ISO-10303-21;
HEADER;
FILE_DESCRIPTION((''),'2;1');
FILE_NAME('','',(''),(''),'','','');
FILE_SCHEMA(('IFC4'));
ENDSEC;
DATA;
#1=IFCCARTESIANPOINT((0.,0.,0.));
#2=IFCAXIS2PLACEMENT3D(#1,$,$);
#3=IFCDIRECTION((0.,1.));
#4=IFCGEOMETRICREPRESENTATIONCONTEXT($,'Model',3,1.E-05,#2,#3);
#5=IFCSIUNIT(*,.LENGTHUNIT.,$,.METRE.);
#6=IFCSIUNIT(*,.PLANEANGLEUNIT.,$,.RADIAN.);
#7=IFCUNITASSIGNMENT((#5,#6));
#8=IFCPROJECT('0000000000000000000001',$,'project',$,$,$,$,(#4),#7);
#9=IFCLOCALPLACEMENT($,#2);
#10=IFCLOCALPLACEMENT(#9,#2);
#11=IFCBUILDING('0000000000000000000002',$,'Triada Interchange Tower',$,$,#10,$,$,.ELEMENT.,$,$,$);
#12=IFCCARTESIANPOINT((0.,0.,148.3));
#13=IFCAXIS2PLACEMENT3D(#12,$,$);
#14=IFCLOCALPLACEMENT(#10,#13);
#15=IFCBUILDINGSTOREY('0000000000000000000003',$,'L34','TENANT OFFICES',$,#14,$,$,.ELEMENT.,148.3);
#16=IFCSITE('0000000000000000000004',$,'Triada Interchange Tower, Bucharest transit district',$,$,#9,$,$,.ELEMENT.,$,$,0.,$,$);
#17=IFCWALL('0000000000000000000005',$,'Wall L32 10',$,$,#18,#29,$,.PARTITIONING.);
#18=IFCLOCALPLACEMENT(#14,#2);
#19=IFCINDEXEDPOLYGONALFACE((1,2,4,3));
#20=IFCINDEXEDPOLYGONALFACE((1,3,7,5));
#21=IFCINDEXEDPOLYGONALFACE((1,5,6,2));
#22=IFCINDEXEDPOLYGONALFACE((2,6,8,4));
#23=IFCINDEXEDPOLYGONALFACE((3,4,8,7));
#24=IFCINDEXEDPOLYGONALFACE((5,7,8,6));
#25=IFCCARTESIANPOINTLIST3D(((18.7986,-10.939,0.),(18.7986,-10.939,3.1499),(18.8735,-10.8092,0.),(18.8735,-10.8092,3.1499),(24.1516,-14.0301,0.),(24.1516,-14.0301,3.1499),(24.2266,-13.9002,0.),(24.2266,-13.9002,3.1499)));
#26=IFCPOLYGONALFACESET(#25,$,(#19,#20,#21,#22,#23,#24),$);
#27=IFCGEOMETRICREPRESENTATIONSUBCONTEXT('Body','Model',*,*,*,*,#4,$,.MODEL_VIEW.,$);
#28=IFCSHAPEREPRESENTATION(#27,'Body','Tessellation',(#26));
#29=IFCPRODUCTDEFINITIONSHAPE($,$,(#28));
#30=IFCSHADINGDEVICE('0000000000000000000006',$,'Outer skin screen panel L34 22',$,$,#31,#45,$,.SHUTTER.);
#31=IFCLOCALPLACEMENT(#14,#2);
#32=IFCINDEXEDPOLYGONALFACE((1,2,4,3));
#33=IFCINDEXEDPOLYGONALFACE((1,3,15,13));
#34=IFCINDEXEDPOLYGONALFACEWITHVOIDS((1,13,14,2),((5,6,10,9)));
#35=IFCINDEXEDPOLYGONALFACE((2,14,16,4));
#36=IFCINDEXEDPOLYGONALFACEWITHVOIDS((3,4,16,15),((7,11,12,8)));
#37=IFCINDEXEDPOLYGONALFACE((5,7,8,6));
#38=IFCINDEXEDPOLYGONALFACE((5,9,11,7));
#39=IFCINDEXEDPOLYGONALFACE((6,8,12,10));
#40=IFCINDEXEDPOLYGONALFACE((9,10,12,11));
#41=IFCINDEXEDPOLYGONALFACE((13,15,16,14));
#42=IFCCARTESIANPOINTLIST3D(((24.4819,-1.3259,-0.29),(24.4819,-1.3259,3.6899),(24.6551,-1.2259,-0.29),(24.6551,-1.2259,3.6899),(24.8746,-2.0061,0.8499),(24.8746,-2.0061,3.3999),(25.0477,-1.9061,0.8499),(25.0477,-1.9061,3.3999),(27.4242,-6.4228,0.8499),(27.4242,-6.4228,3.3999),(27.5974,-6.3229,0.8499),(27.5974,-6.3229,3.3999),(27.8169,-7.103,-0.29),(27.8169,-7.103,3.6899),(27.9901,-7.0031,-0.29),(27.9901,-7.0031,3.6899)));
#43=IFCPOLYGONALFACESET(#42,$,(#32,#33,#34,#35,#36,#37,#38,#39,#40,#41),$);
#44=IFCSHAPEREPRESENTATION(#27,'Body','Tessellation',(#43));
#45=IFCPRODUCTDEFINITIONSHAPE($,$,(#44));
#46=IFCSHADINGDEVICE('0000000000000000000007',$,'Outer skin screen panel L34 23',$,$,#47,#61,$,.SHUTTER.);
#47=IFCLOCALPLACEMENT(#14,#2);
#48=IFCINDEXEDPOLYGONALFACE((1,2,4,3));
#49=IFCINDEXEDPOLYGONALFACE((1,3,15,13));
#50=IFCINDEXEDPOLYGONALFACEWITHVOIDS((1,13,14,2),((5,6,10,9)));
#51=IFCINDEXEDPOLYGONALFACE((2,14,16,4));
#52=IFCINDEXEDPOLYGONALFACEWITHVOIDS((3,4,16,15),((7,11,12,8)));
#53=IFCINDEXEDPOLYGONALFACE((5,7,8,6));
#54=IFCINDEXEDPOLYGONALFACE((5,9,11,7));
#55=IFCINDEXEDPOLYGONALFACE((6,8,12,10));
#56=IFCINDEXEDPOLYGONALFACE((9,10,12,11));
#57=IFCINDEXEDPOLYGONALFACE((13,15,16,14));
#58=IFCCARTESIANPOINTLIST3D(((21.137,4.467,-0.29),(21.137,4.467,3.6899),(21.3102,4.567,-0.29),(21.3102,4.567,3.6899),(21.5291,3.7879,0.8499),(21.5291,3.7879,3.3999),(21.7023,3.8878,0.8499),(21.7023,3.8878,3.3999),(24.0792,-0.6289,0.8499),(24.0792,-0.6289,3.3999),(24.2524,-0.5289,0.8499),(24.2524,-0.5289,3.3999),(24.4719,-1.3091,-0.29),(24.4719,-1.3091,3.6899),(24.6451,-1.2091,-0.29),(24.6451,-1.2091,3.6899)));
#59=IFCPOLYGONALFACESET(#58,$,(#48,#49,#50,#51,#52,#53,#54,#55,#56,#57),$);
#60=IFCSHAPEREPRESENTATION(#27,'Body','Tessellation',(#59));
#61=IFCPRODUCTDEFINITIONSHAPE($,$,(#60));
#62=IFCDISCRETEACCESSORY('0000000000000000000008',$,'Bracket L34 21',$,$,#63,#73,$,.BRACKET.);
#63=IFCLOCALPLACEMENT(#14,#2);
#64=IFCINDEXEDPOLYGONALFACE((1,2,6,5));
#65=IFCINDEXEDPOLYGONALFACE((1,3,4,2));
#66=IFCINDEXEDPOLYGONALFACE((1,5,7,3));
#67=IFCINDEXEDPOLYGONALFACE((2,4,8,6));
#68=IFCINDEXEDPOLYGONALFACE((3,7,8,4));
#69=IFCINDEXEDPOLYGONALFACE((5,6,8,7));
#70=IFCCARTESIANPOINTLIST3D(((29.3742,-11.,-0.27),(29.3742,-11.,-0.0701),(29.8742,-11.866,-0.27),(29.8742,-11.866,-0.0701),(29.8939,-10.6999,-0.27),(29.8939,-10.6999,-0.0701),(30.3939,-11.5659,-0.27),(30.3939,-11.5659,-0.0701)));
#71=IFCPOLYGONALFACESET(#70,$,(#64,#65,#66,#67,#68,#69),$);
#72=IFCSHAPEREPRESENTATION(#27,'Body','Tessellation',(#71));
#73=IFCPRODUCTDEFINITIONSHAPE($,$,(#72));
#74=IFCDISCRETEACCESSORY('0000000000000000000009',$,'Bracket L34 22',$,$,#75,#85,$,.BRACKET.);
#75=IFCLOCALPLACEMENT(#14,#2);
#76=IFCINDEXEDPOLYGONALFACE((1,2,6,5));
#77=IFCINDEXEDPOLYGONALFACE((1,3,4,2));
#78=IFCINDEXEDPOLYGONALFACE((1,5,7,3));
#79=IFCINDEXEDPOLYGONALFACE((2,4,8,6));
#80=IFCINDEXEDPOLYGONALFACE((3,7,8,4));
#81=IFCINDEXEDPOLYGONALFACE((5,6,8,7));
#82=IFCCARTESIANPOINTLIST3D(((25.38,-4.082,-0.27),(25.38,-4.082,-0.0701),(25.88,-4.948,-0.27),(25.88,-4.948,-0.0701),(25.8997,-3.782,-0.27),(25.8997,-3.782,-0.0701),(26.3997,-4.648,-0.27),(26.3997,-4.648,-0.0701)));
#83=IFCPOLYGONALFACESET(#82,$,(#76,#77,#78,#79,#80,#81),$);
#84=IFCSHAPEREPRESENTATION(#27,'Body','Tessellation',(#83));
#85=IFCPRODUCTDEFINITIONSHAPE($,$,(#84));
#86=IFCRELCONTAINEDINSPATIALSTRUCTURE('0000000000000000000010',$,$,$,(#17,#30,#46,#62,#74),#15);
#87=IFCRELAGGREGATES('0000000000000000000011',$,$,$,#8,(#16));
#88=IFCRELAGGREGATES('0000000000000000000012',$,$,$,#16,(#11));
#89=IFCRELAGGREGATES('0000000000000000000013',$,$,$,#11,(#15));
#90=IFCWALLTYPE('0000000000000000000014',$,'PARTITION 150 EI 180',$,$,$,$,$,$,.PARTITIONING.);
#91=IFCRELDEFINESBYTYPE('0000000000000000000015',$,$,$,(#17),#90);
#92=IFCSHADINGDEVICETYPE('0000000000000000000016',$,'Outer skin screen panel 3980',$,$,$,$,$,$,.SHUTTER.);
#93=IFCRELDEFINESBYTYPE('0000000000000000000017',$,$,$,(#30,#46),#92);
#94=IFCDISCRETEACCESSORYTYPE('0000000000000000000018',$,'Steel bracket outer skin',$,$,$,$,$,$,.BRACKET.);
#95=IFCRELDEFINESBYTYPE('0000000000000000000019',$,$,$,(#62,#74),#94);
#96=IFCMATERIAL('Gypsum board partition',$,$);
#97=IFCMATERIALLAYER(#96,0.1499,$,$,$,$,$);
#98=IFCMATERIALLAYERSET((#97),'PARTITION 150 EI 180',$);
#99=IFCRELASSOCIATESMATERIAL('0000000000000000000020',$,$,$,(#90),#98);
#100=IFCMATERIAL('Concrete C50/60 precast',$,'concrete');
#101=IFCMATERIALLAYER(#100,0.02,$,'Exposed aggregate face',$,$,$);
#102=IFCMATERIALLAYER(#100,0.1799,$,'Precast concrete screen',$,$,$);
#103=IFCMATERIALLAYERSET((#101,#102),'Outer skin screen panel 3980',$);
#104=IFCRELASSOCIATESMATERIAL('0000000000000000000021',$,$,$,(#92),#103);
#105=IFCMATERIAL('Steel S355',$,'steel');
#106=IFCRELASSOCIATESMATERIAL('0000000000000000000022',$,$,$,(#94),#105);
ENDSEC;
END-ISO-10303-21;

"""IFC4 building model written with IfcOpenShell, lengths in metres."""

from ifc_helpers import new_model, si_unit, direction, frame, frame_2d, origin, origin_2d, place, context, subcontext, project, spatial, polyline, rectangle, outline, extrude, material, layer, layer_set, type_object, element, save


model = new_model("IFC4")

# Units and contexts
model_context = context("Model", 3, precision=1e-05, world=origin(), true_north=direction((0.0, 1.0)))
body_context = subcontext(model_context, "Body", "Model", "MODEL_VIEW")
ifc_project = project(units=[si_unit("LENGTHUNIT", "METRE"), si_unit("PLANEANGLEUNIT", "RADIAN")], contexts=[model_context])

# Site, building, storey
site_placement = place(None, origin())
site = spatial("IfcSite", under=ifc_project, at=site_placement, Name="Triada Interchange Tower, Bucharest transit district", CompositionType="ELEMENT", RefElevation=0.0)
building_placement = place(site_placement, origin())
building = spatial("IfcBuilding", under=site, at=building_placement, Name="Triada Interchange Tower", CompositionType="ELEMENT")
storey_placement = place(building_placement, frame((0.0, 0.0, 148.3)))
storey = spatial("IfcBuildingStorey", under=building, at=storey_placement, Name="L34", Description="TENANT OFFICES", CompositionType="ELEMENT", Elevation=148.3)

# Wall
ifc_material_1 = material(Name="Gypsum board partition")
ifc_layer_1 = layer(ifc_material_1, 0.1499)
ifc_layer_set_1 = layer_set([ifc_layer_1], Name="PARTITION 150 EI 180")
wall_type_1 = type_object("IfcWallType", Name="PARTITION 150 EI 180", PredefinedType="PARTITIONING", material=ifc_layer_set_1)
wall_1_placement = place(storey_placement, frame((18.8359, -10.874, 0.0), z_axis=(0.0, 0.0, 1.0), x_axis=(0.865991, -0.50006, 0.0)))
element("IfcWall", 1, at=wall_1_placement, inside=storey, type_object=wall_type_1, Name="Wall L32 10", PredefinedType="PARTITIONING", context=body_context, shape_type="SweptSolid", body=[
    extrude(rectangle(XDim=6.1814, YDim=0.1499, at=frame_2d((3.0908, 0.0))), origin(), (0.0, 0.0, 1.0), 3.1499),
])

# Shading devices
ifc_material_2 = material(Name="Concrete C50/60 precast", Category="concrete")
ifc_layer_2 = layer(ifc_material_2, 0.02, Name="Exposed aggregate face")
ifc_layer_3 = layer(ifc_material_2, 0.1799, Name="Precast concrete screen")
ifc_layer_set_2 = layer_set([ifc_layer_2, ifc_layer_3], Name="Outer skin screen panel 3980")
shading_device_type = type_object("IfcShadingDeviceType", Name="Outer skin screen panel 3980", PredefinedType="SHUTTER", material=ifc_layer_set_2)
shading_device_1_placement = place(storey_placement, frame((27.8169, -7.103, -0.29), z_axis=(0.0, 0.0, 1.0), x_axis=(-0.49995, 0.866055, 0.0)))
element("IfcShadingDevice", 2, at=shading_device_1_placement, inside=storey, type_object=shading_device_type, Name="Outer skin screen panel L34 22", PredefinedType="SHUTTER", context=body_context, shape_type="SweptSolid", body=[
    extrude(outline(polyline([(0.0, 0.0), (6.6707, 0.0), (6.6707, 3.98), (0.0, 3.98), (0.0, 0.0)]), holes=[polyline([(0.7854, 1.1399), (0.7854, 3.6899), (5.8853, 3.6899), (5.8853, 1.1399), (0.7854, 1.1399)])]), frame((0.0, 0.0, 0.0), z_axis=(0.0, -1.0, 0.0), x_axis=(1.0, 0.0, 0.0)), (0.0, 0.0, 1.0), 0.2),
])
shading_device_2_placement = place(storey_placement, frame((24.4719, -1.3091, -0.29), z_axis=(0.0, 0.0, 1.0), x_axis=(-0.500013, 0.866018, 0.0)))
element("IfcShadingDevice", 3, at=shading_device_2_placement, inside=storey, type_object=shading_device_type, Name="Outer skin screen panel L34 23", PredefinedType="SHUTTER", context=body_context, shape_type="SweptSolid", body=[
    extrude(outline(polyline([(0.0, 0.0), (6.6697, 0.0), (6.6697, 3.98), (0.0, 3.98), (0.0, 0.0)]), holes=[polyline([(0.7854, 1.1399), (0.7854, 3.6899), (5.8855, 3.6899), (5.8855, 1.1399), (0.7854, 1.1399)])]), frame((0.0, 0.0, 0.0), z_axis=(0.0, -1.0, 0.0), x_axis=(1.0, 0.0, 0.0)), (0.0, 0.0, 1.0), 0.2),
])

# Discrete accessories
ifc_material_3 = material(Name="Steel S355", Category="steel")
discrete_accessory_type = type_object("IfcDiscreteAccessoryType", Name="Steel bracket outer skin", PredefinedType="BRACKET", material=ifc_material_3)
for number, where, z_axis, x_axis, name in (
    (4, (29.884, -11.283, -0.27), (0.0, 0.0, 1.0), (0.866021, 0.500007, 0.0), "Bracket L34 21"),
    (5, (25.8899, -4.365, -0.27), (0.0, 0.0, 1.0), (0.866021, 0.500007, 0.0), "Bracket L34 22"),
):
    element("IfcDiscreteAccessory", number, at=place(storey_placement, frame(where, z_axis=z_axis, x_axis=x_axis)), inside=storey, type_object=discrete_accessory_type, Name=name, PredefinedType="BRACKET", context=body_context, shape_type="SweptSolid", body=[
        extrude(rectangle(XDim=0.6001, YDim=1.0, at=origin_2d()), origin(), (0.0, 0.0, 1.0), 0.2),
    ])

save(model, "model.ifc")
